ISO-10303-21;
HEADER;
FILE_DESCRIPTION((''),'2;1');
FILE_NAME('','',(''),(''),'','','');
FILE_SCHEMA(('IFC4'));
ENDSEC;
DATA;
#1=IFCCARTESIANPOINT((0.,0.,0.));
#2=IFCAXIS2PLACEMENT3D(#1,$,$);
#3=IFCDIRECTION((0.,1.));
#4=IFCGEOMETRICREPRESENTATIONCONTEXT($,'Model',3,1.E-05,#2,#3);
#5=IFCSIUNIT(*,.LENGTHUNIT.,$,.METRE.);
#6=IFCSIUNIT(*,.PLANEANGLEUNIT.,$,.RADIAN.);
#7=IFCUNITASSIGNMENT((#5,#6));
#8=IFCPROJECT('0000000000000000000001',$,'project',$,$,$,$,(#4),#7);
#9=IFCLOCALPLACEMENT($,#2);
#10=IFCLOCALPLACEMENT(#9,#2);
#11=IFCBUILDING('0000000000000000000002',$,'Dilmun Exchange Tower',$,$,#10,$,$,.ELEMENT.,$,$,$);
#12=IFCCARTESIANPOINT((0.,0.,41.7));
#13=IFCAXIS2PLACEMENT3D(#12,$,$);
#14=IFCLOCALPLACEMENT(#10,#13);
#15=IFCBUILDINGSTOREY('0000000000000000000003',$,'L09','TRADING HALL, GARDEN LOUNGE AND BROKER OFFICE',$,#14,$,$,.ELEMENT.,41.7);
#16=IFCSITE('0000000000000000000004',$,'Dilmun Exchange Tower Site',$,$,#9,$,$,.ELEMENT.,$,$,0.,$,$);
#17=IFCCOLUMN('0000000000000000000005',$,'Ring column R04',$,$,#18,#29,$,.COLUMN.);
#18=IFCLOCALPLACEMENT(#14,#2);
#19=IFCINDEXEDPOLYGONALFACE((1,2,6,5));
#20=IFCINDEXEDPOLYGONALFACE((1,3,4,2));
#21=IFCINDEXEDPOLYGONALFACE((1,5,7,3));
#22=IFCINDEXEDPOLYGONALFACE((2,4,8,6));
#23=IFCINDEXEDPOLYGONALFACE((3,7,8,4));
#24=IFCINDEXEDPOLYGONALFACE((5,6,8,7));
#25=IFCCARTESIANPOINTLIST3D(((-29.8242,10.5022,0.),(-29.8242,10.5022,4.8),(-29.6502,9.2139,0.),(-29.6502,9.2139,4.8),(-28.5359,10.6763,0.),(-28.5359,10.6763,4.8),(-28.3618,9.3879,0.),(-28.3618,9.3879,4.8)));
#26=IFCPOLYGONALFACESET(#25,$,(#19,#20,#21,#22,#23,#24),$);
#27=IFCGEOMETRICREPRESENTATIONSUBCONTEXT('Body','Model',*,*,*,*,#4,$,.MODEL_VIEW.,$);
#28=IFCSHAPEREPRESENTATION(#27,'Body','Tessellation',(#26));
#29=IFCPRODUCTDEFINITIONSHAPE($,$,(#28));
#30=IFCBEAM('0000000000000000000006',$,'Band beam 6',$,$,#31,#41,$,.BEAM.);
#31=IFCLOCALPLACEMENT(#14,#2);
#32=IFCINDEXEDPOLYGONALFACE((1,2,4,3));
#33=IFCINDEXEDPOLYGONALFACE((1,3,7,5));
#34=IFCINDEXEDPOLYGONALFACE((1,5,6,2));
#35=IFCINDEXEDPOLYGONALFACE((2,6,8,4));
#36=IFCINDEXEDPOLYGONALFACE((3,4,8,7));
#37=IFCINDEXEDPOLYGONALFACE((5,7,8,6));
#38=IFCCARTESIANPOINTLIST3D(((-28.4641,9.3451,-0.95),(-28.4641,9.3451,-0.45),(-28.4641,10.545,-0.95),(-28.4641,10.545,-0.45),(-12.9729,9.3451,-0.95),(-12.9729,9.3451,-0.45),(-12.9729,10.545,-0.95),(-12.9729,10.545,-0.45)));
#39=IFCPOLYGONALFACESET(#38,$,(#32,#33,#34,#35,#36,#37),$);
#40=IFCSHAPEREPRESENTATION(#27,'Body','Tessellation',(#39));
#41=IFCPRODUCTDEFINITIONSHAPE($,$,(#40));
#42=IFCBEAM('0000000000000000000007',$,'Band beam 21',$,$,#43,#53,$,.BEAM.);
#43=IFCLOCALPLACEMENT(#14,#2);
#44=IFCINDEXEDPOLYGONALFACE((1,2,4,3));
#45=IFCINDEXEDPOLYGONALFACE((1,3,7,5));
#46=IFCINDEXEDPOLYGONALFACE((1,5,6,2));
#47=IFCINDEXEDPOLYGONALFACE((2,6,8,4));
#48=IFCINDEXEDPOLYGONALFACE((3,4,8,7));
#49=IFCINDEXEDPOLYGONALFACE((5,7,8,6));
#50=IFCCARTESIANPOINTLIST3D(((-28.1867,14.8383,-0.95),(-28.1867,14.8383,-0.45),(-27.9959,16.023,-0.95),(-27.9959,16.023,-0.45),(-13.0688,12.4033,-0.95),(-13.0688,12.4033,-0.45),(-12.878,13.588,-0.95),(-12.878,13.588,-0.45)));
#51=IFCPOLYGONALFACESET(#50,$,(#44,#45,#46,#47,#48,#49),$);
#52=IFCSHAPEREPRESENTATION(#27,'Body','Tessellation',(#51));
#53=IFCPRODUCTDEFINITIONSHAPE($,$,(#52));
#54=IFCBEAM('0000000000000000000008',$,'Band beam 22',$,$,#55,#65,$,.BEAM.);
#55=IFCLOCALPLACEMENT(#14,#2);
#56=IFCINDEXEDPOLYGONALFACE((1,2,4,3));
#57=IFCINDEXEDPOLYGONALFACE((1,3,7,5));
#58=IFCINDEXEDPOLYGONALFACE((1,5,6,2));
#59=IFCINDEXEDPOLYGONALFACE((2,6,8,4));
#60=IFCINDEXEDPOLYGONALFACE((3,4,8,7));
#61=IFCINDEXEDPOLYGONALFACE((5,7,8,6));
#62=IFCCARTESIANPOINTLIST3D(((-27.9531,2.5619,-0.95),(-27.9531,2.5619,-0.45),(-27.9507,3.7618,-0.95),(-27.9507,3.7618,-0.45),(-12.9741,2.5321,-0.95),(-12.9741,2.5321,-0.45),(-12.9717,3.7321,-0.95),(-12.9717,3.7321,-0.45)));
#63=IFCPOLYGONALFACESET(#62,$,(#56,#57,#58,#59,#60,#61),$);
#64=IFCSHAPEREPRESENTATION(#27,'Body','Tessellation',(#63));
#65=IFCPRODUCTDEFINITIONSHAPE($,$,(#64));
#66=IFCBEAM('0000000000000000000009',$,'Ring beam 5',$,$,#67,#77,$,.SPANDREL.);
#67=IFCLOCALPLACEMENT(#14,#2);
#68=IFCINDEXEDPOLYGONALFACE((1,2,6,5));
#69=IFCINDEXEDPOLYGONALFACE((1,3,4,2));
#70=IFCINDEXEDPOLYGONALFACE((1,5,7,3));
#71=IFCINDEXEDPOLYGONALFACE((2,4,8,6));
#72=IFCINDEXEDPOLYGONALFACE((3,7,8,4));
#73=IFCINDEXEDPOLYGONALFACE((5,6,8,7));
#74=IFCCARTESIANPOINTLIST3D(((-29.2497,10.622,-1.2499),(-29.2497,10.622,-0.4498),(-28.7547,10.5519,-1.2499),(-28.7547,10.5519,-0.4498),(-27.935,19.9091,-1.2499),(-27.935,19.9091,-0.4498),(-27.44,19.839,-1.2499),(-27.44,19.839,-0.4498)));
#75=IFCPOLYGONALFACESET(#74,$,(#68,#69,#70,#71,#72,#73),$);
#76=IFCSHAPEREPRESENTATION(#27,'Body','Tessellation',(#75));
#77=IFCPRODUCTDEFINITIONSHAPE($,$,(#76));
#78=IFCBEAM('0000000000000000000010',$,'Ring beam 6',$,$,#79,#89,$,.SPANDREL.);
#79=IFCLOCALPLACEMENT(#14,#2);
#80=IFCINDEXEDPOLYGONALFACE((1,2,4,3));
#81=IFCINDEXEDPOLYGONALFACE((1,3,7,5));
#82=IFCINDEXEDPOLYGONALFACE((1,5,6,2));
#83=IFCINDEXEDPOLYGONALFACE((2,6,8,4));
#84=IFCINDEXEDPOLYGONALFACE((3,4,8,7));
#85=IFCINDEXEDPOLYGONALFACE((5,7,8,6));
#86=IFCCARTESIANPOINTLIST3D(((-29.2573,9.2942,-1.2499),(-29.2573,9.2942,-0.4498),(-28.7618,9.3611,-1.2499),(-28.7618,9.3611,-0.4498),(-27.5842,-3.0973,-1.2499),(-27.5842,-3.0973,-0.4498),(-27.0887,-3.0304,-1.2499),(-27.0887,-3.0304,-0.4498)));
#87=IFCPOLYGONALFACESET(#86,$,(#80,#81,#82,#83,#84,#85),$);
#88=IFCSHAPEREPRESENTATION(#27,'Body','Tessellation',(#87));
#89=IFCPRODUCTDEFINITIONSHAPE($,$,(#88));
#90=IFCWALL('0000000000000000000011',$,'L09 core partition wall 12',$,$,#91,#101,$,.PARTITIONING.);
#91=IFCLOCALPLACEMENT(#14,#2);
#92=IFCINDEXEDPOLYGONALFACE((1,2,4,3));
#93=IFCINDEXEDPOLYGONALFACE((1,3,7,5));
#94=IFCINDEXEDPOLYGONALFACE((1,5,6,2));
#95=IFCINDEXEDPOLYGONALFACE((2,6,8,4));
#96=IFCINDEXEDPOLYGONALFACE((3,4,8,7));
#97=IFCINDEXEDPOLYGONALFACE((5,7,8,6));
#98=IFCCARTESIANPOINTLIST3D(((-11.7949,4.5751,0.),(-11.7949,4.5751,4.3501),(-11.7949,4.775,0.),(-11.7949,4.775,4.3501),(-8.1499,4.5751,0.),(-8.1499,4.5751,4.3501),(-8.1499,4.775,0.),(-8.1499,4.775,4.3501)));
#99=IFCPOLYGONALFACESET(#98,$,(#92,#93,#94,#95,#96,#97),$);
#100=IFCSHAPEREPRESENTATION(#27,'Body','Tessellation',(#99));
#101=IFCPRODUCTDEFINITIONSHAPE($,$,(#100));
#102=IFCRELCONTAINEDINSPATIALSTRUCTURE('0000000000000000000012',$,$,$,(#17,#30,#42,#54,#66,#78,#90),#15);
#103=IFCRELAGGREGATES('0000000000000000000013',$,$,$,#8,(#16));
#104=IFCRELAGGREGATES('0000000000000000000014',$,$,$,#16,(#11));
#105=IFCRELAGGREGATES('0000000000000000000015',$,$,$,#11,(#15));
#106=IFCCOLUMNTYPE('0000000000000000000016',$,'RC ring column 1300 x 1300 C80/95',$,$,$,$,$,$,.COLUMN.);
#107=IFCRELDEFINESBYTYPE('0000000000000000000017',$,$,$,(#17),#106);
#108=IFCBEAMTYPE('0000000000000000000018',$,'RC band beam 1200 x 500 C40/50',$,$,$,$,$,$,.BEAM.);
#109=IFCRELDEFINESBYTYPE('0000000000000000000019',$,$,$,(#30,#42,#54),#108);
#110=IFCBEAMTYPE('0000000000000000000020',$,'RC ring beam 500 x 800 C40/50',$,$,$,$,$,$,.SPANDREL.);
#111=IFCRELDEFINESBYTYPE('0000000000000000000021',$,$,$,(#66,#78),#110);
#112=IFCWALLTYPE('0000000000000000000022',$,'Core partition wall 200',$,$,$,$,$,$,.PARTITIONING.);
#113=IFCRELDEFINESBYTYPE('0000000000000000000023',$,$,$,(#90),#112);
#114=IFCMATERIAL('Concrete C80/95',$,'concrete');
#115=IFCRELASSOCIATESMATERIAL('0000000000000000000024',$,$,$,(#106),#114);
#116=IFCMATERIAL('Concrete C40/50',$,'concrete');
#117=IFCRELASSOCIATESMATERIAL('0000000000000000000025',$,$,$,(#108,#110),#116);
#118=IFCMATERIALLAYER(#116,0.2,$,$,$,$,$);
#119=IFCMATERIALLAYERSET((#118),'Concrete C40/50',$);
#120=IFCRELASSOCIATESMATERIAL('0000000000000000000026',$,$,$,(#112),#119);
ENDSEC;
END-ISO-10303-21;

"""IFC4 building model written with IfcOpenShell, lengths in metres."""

from ifc_helpers import new_model, si_unit, direction, frame, frame_2d, origin, origin_2d, place, context, subcontext, project, spatial, rectangle, extrude, material, layer, layer_set, material_profile, profile_set, type_object, element, save


model = new_model("IFC4")

# Units and contexts
model_context = context("Model", 3, precision=1e-05, world=origin(), true_north=direction((0.0, 1.0)))
body_context = subcontext(model_context, "Body", "Model", "MODEL_VIEW")
ifc_project = project(units=[si_unit("LENGTHUNIT", "METRE"), si_unit("PLANEANGLEUNIT", "RADIAN")], contexts=[model_context])

# Site, building, storey
site_placement = place(None, origin())
site = spatial("IfcSite", under=ifc_project, at=site_placement, Name="Dilmun Exchange Tower Site", CompositionType="ELEMENT", RefElevation=0.0)
building_placement = place(site_placement, origin())
building = spatial("IfcBuilding", under=site, at=building_placement, Name="Dilmun Exchange Tower", CompositionType="ELEMENT")
storey_placement = place(building_placement, frame((0.0, 0.0, 41.7)))
storey = spatial("IfcBuildingStorey", under=building, at=storey_placement, Name="L09", Description="TRADING HALL, GARDEN LOUNGE AND BROKER OFFICE", CompositionType="ELEMENT", Elevation=41.7)

# Column
ifc_material_1 = material(Name="Concrete C80/95", Category="concrete")
ifc_material_profile_1 = material_profile(ifc_material_1, rectangle(XDim=1.3, YDim=1.3, at=origin_2d()), Name="1300 x 1300")
ifc_profile_set_1 = profile_set([ifc_material_profile_1], Name="Concrete C80/95")
column_type = type_object("IfcColumnType", Name="RC ring column 1300 x 1300 C80/95", PredefinedType="COLUMN", material=ifc_profile_set_1)
column_placement = place(storey_placement, frame((-29.093, 9.9451, 0.0), z_axis=(0.0, 0.0, 1.0), x_axis=(0.991001, 0.133853, 0.0)))
element("IfcColumn", 1, at=column_placement, inside=storey, type_object=column_type, Name="Ring column R04", PredefinedType="COLUMN", context=body_context, shape_type="SweptSolid", body=[
    extrude(rectangle(XDim=1.3, YDim=1.3, at=origin_2d()), origin(), (0.0, 0.0, 1.0), 4.8),
])

# Beams
ifc_material_2 = material(Name="Concrete C40/50", Category="concrete")
ifc_material_profile_2 = material_profile(ifc_material_2, rectangle(XDim=1.2, YDim=0.5, at=origin_2d()), Name="1200 x 500")
ifc_profile_set_2 = profile_set([ifc_material_profile_2], Name="Concrete C40/50")
beam_type_1 = type_object("IfcBeamType", Name="RC band beam 1200 x 500 C40/50", PredefinedType="BEAM", material=ifc_profile_set_2)
beam_1_placement = place(storey_placement, frame((-28.4641, 9.9451, -0.7), z_axis=(1.0, 0.0, 0.0), x_axis=(0.0, 1.0, 0.0)))
element("IfcBeam", 2, at=beam_1_placement, inside=storey, type_object=beam_type_1, Name="Band beam 6", PredefinedType="BEAM", context=body_context, shape_type="SweptSolid", body=[
    extrude(rectangle(XDim=1.2, YDim=0.5, at=origin_2d()), origin(), (0.0, 0.0, 1.0), 15.4912),
])
beam_2_placement = place(storey_placement, frame((-28.0913, 15.4307, -0.7), z_axis=(0.987275, -0.159021, 0.0), x_axis=(0.159021, 0.987275, 0.0)))
element("IfcBeam", 3, at=beam_2_placement, inside=storey, type_object=beam_type_1, Name="Band beam 21", PredefinedType="BEAM", context=body_context, shape_type="SweptSolid", body=[
    extrude(rectangle(XDim=1.2, YDim=0.5, at=origin_2d()), origin(), (0.0, 0.0, 1.0), 15.3127),
])
beam_3_placement = place(storey_placement, frame((-27.9519, 3.1619, -0.7), z_axis=(0.999998, -0.001988, 0.0), x_axis=(0.001988, 0.999998, 0.0)))
element("IfcBeam", 4, at=beam_3_placement, inside=storey, type_object=beam_type_1, Name="Band beam 22", PredefinedType="BEAM", context=body_context, shape_type="SweptSolid", body=[
    extrude(rectangle(XDim=1.2, YDim=0.5, at=origin_2d()), origin(), (0.0, 0.0, 1.0), 14.979),
])
ifc_material_profile_3 = material_profile(ifc_material_2, rectangle(XDim=0.5, YDim=0.8, at=origin_2d()), Name="500 x 800")
ifc_profile_set_3 = profile_set([ifc_material_profile_3], Name="Concrete C40/50")
beam_type_2 = type_object("IfcBeamType", Name="RC ring beam 500 x 800 C40/50", PredefinedType="SPANDREL", material=ifc_profile_set_3)
beam_4_placement = place(storey_placement, frame((-27.6875, 19.874, -0.8499), z_axis=(-0.140164, -0.990128, 0.0), x_axis=(0.990128, -0.140164, 0.0)))
element("IfcBeam", 5, at=beam_4_placement, inside=storey, type_object=beam_type_2, Name="Ring beam 5", PredefinedType="SPANDREL", context=body_context, shape_type="SweptSolid", body=[
    extrude(rectangle(XDim=0.5, YDim=0.8, at=origin_2d()), origin(), (0.0, 0.0, 1.0), 9.3796),
])
beam_5_placement = place(storey_placement, frame((-29.0095, 9.3276, -0.8499), z_axis=(0.133807, -0.991007, 0.0), x_axis=(0.991007, 0.133807, 0.0)))
element("IfcBeam", 6, at=beam_5_placement, inside=storey, type_object=beam_type_2, Name="Ring beam 6", PredefinedType="SPANDREL", context=body_context, shape_type="SweptSolid", body=[
    extrude(rectangle(XDim=0.5, YDim=0.8, at=origin_2d()), origin(), (0.0, 0.0, 1.0), 12.5039),
])

# Wall
ifc_layer_1 = layer(ifc_material_2, 0.2)
ifc_layer_set_1 = layer_set([ifc_layer_1], Name="Concrete C40/50")
wall_type_1 = type_object("IfcWallType", Name="Core partition wall 200", PredefinedType="PARTITIONING", material=ifc_layer_set_1)
wall_1_placement = place(storey_placement, frame((-11.7949, 4.675, 0.0), z_axis=(0.0, 0.0, 1.0), x_axis=(1.0, 0.0, 0.0)))
element("IfcWall", 7, at=wall_1_placement, inside=storey, type_object=wall_type_1, Name="L09 core partition wall 12", PredefinedType="PARTITIONING", context=body_context, shape_type="SweptSolid", body=[
    extrude(rectangle(XDim=3.645, YDim=0.2, at=frame_2d((1.8225, 0.0))), origin(), (0.0, 0.0, 1.0), 4.3501),
])

save(model, "model.ifc")
